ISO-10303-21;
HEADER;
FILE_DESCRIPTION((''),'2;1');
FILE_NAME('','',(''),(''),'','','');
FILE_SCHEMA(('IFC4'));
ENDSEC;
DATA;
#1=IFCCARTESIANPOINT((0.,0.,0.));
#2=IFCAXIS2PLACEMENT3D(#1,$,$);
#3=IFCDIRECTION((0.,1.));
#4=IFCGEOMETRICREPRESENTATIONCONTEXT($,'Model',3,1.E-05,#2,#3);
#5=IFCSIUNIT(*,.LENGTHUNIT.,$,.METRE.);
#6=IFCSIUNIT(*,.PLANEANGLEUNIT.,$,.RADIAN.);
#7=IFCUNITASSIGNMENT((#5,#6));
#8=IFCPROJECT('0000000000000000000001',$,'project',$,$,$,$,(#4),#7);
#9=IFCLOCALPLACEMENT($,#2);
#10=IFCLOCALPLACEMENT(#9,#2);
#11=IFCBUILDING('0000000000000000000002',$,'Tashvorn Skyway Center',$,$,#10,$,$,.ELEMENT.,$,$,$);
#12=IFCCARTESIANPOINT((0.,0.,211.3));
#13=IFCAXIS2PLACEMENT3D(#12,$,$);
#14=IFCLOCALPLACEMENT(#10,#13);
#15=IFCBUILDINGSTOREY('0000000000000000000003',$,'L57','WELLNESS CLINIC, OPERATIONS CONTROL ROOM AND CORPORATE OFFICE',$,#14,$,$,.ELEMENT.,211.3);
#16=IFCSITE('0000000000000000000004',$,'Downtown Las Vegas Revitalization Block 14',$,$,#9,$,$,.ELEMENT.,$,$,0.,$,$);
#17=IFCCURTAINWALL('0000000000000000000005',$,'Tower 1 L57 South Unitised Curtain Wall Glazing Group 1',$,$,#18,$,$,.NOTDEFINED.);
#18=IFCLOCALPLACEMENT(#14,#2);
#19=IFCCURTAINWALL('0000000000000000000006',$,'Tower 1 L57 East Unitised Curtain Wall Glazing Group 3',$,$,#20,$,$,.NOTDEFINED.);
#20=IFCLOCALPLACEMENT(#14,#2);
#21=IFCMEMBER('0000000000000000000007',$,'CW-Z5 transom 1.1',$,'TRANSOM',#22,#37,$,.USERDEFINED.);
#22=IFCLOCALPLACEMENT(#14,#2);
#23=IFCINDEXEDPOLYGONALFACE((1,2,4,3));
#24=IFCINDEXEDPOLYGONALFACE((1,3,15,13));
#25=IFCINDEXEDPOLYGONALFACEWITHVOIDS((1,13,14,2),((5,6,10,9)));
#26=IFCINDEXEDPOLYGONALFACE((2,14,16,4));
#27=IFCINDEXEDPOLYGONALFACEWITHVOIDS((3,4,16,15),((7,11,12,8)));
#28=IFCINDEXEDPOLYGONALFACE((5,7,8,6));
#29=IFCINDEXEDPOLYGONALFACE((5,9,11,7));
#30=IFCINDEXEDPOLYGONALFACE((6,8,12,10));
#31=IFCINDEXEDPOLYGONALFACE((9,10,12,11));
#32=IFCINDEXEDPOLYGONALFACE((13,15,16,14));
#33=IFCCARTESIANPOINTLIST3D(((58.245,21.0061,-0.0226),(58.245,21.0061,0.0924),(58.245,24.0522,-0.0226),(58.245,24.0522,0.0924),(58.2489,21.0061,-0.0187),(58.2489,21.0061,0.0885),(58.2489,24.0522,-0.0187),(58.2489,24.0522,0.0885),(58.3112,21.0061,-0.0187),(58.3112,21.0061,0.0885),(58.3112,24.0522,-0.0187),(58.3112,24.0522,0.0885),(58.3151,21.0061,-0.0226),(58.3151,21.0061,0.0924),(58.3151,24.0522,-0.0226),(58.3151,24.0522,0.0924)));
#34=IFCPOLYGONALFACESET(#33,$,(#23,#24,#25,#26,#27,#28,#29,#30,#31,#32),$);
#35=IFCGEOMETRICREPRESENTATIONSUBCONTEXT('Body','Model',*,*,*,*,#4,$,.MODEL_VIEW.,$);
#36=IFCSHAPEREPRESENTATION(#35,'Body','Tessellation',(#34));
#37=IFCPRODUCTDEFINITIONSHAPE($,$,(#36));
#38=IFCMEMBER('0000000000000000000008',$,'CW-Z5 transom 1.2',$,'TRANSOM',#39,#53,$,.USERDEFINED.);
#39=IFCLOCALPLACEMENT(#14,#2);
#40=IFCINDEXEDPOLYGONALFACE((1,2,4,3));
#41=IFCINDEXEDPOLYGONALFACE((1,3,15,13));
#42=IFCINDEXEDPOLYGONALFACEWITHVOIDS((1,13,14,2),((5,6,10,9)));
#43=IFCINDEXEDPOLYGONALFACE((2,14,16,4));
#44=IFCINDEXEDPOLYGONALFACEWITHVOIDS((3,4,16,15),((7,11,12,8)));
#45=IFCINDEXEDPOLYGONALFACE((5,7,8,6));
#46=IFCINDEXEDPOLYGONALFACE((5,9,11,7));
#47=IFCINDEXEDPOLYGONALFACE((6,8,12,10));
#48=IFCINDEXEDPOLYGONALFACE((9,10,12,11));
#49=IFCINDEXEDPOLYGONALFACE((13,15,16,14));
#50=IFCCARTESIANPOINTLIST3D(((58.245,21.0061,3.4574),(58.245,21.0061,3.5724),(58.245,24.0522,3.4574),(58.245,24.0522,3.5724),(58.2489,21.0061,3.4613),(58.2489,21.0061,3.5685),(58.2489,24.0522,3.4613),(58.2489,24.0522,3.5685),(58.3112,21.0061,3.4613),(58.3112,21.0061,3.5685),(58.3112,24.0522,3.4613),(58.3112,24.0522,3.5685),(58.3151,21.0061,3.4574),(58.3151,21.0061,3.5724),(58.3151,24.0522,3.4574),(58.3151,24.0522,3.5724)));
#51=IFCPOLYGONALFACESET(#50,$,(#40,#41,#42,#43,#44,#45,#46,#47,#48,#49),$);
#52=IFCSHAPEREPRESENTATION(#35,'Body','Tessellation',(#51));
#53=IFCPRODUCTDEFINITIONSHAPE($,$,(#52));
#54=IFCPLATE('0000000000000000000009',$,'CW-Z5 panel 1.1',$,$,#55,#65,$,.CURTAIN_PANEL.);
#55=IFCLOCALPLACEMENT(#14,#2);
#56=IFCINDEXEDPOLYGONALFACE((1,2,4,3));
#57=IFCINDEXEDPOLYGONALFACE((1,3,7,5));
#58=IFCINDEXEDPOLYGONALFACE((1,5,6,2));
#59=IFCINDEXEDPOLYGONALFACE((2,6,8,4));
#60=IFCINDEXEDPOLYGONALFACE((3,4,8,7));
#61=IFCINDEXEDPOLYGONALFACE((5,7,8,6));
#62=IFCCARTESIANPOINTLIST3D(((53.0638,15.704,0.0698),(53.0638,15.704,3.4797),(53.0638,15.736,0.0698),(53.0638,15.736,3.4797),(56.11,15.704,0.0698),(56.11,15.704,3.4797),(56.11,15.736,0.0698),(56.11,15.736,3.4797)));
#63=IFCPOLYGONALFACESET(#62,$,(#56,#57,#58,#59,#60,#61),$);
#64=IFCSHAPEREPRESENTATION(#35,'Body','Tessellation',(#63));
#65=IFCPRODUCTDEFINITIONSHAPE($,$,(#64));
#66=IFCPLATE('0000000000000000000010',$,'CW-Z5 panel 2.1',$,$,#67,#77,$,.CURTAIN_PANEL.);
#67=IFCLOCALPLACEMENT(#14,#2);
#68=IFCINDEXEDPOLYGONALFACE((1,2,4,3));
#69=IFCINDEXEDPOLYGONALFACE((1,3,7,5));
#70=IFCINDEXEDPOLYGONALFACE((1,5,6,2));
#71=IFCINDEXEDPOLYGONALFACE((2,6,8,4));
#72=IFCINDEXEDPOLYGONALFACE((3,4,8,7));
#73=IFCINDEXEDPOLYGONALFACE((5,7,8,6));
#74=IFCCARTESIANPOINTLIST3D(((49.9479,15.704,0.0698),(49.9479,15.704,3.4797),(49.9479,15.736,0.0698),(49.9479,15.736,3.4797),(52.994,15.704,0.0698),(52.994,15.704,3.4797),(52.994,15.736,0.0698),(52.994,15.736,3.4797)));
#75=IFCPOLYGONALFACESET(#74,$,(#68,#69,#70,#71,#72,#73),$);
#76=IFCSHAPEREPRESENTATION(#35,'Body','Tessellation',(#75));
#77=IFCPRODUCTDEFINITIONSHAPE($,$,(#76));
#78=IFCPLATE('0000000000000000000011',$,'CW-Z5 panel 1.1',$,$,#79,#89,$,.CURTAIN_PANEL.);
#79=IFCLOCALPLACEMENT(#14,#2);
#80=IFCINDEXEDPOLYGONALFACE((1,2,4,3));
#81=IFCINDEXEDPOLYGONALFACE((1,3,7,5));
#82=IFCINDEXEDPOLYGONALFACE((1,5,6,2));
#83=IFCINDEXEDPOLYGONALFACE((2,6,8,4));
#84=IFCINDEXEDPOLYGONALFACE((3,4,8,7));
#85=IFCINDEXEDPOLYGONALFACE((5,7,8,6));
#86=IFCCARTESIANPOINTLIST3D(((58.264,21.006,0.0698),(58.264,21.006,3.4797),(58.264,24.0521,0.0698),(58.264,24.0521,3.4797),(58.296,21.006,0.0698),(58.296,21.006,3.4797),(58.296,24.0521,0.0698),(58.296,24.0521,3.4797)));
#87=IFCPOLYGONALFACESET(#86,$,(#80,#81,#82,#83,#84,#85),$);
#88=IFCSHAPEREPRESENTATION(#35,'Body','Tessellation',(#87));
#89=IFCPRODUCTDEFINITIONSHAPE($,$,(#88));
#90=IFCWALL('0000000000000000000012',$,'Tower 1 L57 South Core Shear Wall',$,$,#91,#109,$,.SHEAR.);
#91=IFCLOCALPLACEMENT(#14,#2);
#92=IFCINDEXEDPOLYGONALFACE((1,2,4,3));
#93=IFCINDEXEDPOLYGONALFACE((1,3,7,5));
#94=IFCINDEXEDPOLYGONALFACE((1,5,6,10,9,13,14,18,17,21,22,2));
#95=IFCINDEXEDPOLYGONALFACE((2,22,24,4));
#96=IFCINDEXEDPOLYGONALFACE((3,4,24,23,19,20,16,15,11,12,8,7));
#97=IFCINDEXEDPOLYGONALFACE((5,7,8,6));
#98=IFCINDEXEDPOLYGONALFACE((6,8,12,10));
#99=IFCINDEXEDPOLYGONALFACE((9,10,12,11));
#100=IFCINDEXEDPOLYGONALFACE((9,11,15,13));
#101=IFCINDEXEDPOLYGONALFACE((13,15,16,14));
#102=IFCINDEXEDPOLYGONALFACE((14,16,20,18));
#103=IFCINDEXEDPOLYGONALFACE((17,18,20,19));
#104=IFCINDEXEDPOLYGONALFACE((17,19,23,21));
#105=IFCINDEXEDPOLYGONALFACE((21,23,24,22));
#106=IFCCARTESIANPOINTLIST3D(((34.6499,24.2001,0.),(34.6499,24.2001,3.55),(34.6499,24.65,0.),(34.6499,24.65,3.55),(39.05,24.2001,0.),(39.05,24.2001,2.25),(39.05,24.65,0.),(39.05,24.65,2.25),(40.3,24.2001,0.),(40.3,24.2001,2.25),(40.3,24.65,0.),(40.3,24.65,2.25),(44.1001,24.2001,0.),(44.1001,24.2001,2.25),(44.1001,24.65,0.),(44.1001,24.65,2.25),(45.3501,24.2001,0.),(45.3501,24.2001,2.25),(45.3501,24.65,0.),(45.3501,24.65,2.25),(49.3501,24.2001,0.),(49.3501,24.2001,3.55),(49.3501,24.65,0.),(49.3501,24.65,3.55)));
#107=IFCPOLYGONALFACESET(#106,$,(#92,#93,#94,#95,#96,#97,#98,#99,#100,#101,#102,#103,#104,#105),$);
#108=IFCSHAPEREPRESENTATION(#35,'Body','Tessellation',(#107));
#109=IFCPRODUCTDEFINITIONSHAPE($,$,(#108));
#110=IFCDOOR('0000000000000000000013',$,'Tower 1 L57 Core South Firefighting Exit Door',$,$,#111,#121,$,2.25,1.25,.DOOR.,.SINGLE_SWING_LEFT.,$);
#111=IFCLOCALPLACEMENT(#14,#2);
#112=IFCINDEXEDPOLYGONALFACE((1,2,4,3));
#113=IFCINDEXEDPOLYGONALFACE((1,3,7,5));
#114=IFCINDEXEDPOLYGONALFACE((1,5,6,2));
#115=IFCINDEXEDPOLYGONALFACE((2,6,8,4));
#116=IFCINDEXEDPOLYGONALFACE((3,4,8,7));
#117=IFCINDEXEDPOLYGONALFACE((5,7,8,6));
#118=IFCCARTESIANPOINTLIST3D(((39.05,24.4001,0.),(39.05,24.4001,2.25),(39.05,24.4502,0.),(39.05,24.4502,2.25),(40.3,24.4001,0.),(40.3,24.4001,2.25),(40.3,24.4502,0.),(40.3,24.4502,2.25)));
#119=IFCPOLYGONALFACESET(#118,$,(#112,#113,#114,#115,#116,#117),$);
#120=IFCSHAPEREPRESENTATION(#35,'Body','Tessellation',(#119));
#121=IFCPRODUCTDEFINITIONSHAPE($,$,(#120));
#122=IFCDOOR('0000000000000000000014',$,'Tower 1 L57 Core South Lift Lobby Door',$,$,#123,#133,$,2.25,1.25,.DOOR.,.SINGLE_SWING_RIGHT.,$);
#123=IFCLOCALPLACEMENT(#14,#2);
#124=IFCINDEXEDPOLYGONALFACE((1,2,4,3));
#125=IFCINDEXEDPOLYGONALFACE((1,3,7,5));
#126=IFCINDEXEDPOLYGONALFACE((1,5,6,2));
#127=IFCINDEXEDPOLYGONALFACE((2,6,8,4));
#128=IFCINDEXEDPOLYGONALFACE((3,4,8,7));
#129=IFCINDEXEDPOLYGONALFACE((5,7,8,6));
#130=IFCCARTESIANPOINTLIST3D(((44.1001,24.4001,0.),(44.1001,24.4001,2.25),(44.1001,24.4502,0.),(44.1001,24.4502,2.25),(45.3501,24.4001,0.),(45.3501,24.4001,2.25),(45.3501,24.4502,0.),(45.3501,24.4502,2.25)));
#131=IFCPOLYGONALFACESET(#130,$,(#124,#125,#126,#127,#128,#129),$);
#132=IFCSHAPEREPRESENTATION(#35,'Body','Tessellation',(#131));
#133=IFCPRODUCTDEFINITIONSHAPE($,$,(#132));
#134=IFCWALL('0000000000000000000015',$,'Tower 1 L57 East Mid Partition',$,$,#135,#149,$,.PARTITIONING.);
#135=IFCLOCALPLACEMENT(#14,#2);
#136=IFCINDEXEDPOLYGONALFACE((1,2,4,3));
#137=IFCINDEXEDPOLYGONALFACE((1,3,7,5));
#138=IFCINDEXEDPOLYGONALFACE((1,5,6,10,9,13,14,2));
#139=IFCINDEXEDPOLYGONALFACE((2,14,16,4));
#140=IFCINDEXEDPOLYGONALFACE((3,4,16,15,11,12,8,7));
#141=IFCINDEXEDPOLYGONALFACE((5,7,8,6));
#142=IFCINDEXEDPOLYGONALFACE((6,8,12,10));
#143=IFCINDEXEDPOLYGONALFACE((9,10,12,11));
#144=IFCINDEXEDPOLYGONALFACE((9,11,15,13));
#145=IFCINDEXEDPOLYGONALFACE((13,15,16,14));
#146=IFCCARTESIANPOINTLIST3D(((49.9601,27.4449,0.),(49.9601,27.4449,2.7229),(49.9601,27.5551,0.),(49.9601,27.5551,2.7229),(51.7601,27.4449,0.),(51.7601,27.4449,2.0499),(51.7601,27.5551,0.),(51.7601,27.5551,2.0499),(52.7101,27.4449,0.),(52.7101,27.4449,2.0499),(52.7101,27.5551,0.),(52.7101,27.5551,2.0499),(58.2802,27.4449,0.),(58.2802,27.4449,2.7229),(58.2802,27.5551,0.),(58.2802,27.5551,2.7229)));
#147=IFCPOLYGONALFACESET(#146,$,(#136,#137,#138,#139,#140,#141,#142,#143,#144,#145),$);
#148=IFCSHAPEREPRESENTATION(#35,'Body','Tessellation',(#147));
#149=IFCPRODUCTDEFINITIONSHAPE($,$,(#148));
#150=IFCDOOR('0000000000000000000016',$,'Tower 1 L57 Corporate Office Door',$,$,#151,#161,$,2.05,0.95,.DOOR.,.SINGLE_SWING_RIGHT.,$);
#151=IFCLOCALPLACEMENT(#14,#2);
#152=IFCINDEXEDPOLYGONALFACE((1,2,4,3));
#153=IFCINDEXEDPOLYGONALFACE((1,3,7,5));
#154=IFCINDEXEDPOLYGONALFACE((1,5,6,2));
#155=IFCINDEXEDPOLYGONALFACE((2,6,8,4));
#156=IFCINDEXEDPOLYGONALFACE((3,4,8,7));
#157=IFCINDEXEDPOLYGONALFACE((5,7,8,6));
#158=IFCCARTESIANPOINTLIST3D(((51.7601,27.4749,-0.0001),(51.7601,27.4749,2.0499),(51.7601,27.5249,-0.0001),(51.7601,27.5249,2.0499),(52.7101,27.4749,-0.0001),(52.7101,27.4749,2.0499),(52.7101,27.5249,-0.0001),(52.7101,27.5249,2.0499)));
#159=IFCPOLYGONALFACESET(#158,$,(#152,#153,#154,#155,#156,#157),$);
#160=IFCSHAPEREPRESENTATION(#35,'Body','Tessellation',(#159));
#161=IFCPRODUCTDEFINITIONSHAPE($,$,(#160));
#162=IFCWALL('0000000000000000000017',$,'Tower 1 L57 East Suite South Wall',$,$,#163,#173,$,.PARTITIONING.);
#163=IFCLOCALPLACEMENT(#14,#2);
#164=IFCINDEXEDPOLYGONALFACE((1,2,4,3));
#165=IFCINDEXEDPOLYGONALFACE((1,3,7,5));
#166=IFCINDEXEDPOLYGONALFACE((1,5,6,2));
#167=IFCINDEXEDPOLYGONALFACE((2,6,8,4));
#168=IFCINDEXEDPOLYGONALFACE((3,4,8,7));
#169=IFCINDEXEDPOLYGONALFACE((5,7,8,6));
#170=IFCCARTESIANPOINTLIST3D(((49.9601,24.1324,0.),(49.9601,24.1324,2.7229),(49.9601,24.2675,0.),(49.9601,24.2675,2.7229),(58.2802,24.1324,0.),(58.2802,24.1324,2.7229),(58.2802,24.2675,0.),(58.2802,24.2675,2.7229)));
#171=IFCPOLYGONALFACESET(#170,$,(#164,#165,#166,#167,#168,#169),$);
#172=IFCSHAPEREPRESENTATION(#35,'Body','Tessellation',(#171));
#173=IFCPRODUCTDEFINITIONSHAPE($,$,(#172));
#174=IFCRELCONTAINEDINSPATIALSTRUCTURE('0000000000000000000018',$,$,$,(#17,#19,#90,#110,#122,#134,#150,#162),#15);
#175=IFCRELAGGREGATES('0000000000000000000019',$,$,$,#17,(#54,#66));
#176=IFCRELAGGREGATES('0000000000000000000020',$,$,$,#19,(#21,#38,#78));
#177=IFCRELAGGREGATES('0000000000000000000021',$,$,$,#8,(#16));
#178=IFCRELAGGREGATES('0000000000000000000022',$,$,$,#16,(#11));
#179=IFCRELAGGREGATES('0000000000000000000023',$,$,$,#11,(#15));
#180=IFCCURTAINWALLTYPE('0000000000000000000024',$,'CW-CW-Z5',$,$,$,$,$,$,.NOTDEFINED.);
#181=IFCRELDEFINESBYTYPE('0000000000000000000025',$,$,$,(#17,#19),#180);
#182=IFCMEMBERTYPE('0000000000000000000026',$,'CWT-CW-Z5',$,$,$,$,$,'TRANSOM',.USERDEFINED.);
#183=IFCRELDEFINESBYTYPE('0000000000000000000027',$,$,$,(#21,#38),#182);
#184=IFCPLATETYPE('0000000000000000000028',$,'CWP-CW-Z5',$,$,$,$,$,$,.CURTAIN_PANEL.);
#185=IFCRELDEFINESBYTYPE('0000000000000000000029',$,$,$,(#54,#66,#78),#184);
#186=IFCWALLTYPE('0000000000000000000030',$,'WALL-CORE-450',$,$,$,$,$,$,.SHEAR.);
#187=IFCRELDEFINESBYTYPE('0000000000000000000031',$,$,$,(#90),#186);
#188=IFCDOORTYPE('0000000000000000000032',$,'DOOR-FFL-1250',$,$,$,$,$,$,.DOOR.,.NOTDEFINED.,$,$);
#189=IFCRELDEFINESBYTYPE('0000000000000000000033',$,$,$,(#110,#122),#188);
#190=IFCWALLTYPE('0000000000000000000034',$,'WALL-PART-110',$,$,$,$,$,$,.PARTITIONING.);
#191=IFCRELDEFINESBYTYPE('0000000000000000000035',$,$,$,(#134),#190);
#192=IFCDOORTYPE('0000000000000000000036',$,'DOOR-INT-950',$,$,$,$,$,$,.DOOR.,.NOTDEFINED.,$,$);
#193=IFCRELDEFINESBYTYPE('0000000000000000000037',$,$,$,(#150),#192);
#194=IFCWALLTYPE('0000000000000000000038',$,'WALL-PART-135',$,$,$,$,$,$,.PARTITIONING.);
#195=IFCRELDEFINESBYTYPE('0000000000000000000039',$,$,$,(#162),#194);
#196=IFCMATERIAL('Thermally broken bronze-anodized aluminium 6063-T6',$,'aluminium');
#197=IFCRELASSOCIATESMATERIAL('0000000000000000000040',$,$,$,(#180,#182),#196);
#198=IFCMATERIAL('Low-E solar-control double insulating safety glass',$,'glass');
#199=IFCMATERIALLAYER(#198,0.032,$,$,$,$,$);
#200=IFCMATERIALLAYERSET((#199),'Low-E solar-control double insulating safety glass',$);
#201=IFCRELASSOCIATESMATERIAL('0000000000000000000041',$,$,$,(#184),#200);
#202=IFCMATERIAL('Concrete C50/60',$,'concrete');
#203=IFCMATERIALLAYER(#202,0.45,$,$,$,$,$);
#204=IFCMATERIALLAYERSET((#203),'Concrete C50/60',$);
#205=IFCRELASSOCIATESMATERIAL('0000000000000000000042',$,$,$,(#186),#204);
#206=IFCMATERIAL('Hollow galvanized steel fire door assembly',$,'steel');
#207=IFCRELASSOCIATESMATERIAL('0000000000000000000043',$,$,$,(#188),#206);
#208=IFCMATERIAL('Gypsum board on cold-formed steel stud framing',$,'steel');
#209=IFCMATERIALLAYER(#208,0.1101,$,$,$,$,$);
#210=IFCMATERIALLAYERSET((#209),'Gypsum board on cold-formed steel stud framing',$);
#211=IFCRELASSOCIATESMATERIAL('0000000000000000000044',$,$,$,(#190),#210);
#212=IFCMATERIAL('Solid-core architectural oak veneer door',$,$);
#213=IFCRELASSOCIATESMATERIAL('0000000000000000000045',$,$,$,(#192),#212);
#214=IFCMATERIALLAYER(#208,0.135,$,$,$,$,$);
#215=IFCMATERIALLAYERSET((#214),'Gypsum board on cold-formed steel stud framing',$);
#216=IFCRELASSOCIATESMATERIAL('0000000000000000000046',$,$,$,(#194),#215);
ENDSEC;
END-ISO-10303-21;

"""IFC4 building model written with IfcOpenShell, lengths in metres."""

from ifc_helpers import new_model, si_unit, direction, frame, frame_2d, origin, origin_2d, place, context, subcontext, project, spatial, rectangle, hollow_rectangle, extrude, material, layer, layer_set, material_profile, profile_set, type_object, element, fill, aggregate, save


model = new_model("IFC4")

# Units and contexts
model_context = context("Model", 3, precision=1e-05, world=origin(), true_north=direction((0.0, 1.0)))
body_context = subcontext(model_context, "Body", "Model", "MODEL_VIEW")
ifc_project = project(units=[si_unit("LENGTHUNIT", "METRE"), si_unit("PLANEANGLEUNIT", "RADIAN")], contexts=[model_context])

# Site, building, storey
site_placement = place(None, origin())
site = spatial("IfcSite", under=ifc_project, at=site_placement, Name="Downtown Las Vegas Revitalization Block 14", CompositionType="ELEMENT", RefElevation=0.0)
building_placement = place(site_placement, origin())
building = spatial("IfcBuilding", under=site, at=building_placement, Name="Tashvorn Skyway Center", CompositionType="ELEMENT")
storey_placement = place(building_placement, frame((0.0, 0.0, 211.3)))
storey = spatial("IfcBuildingStorey", under=building, at=storey_placement, Name="L57", Description="WELLNESS CLINIC, OPERATIONS CONTROL ROOM AND CORPORATE OFFICE", CompositionType="ELEMENT", Elevation=211.3)

# Curtain wall
ifc_material_1 = material(Name="Thermally broken bronze-anodized aluminium 6063-T6", Category="aluminium")
curtain_wall_type = type_object("IfcCurtainWallType", Name="CW-CW-Z5", PredefinedType="NOTDEFINED", material=ifc_material_1)
curtain_wall_1_placement = place(storey_placement, origin())
curtain_wall_1 = element("IfcCurtainWall", 1, at=curtain_wall_1_placement, inside=storey, type_object=curtain_wall_type, Name="Tower 1 L57 South Unitised Curtain Wall Glazing Group 1", PredefinedType="NOTDEFINED")

# Curtain wall
curtain_wall_2_placement = place(storey_placement, origin())
curtain_wall_2 = element("IfcCurtainWall", 2, at=curtain_wall_2_placement, inside=storey, type_object=curtain_wall_type, Name="Tower 1 L57 East Unitised Curtain Wall Glazing Group 3", PredefinedType="NOTDEFINED")

# Members
ifc_material_profile_1 = material_profile(ifc_material_1, hollow_rectangle(XDim=0.0701, YDim=0.115, WallThickness=0.0039, at=origin_2d()), Name="ALU-TRAN-70x115")
ifc_profile_set_1 = profile_set([ifc_material_profile_1], Name="Thermally broken bronze-anodized aluminium 6063-T6")
member_type_1 = type_object("IfcMemberType", Name="CWT-CW-Z5", ElementType="TRANSOM", PredefinedType="USERDEFINED", material=ifc_profile_set_1)
member_1_placement = place(storey_placement, frame((58.28, 24.0522, 0.0349), z_axis=(0.0, -1.0, 0.0), x_axis=(1.0, 0.0, 0.0)))
member_1 = element("IfcMember", 3, at=member_1_placement, type_object=member_type_1, Name="CW-Z5 transom 1.1", ObjectType="TRANSOM", PredefinedType="USERDEFINED", context=body_context, shape_type="SweptSolid", body=[
    extrude(hollow_rectangle(XDim=0.0701, YDim=0.115, WallThickness=0.0039, at=origin_2d()), origin(), (0.0, 0.0, 1.0), 3.0461),
])
member_2_placement = place(storey_placement, frame((58.28, 24.0522, 3.5149), z_axis=(0.0, -1.0, 0.0), x_axis=(1.0, 0.0, 0.0)))
member_2 = element("IfcMember", 4, at=member_2_placement, type_object=member_type_1, Name="CW-Z5 transom 1.2", ObjectType="TRANSOM", PredefinedType="USERDEFINED", context=body_context, shape_type="SweptSolid", body=[
    extrude(hollow_rectangle(XDim=0.0701, YDim=0.115, WallThickness=0.0039, at=origin_2d()), origin(), (0.0, 0.0, 1.0), 3.0461),
])

# Plates
ifc_material_2 = material(Name="Low-E solar-control double insulating safety glass", Category="glass")
ifc_layer_1 = layer(ifc_material_2, 0.032)
ifc_layer_set_1 = layer_set([ifc_layer_1], Name="Low-E solar-control double insulating safety glass")
plate_type = type_object("IfcPlateType", Name="CWP-CW-Z5", PredefinedType="CURTAIN_PANEL", material=ifc_layer_set_1)
plate_1_placement = place(storey_placement, frame((54.5869, 15.72, 0.0698), z_axis=(0.0, 0.0, 1.0), x_axis=(-1.0, 0.0, 0.0)))
plate_1 = element("IfcPlate", 5, at=plate_1_placement, type_object=plate_type, Name="CW-Z5 panel 1.1", PredefinedType="CURTAIN_PANEL", context=body_context, shape_type="SweptSolid", body=[
    extrude(rectangle(XDim=3.0461, YDim=0.032, at=origin_2d()), origin(), (0.0, 0.0, 1.0), 3.4099),
])
plate_2_placement = place(storey_placement, frame((51.4709, 15.72, 0.0698), z_axis=(0.0, 0.0, 1.0), x_axis=(-1.0, 0.0, 0.0)))
plate_2 = element("IfcPlate", 6, at=plate_2_placement, type_object=plate_type, Name="CW-Z5 panel 2.1", PredefinedType="CURTAIN_PANEL", context=body_context, shape_type="SweptSolid", body=[
    extrude(rectangle(XDim=3.0461, YDim=0.032, at=origin_2d()), origin(), (0.0, 0.0, 1.0), 3.4099),
])
aggregate(curtain_wall_1, [plate_1, plate_2])
plate_3_placement = place(storey_placement, frame((58.28, 22.5291, 0.0698), z_axis=(0.0, 0.0, 1.0), x_axis=(0.0, -1.0, 0.0)))
plate_3 = element("IfcPlate", 7, at=plate_3_placement, type_object=plate_type, Name="CW-Z5 panel 1.1", PredefinedType="CURTAIN_PANEL", context=body_context, shape_type="SweptSolid", body=[
    extrude(rectangle(XDim=3.0461, YDim=0.032, at=origin_2d()), origin(), (0.0, 0.0, 1.0), 3.4099),
])
aggregate(curtain_wall_2, [member_1, member_2, plate_3])

# Wall, openings, doors
ifc_material_3 = material(Name="Concrete C50/60", Category="concrete")
ifc_layer_2 = layer(ifc_material_3, 0.45)
ifc_layer_set_2 = layer_set([ifc_layer_2], Name="Concrete C50/60")
wall_type_1 = type_object("IfcWallType", Name="WALL-CORE-450", PredefinedType="SHEAR", material=ifc_layer_set_2)
wall_1_placement = place(storey_placement, frame((49.3501, 24.425, 0.0), z_axis=(0.0, 0.0, 1.0), x_axis=(-1.0, 0.0, 0.0)))
wall_1 = element("IfcWall", 8, at=wall_1_placement, inside=storey, type_object=wall_type_1, Name="Tower 1 L57 South Core Shear Wall", PredefinedType="SHEAR", context=body_context, shape_type="SweptSolid", body=[
    extrude(rectangle(XDim=14.7002, YDim=0.45, at=frame_2d((7.3501, 0.0))), origin(), (0.0, 0.0, 1.0), 3.55),
])
opening_1_placement = place(wall_1_placement, frame((9.05, 0.0, 0.0)))
opening_1 = element("IfcOpeningElement", 9, at=opening_1_placement, cuts=wall_1, PredefinedType="OPENING", context=body_context, shape_type="SweptSolid", body=[
    extrude(rectangle(XDim=1.25, YDim=2.25, at=frame_2d((0.625, 1.125))), frame((0.0, 0.2349, 0.0), z_axis=(0.0, -1.0, 0.0), x_axis=(1.0, 0.0, 0.0)), (0.0, 0.0, 1.0), 0.47),
])
opening_2_placement = place(wall_1_placement, frame((4.0, 0.0, 0.0)))
opening_2 = element("IfcOpeningElement", 10, at=opening_2_placement, cuts=wall_1, PredefinedType="OPENING", context=body_context, shape_type="SweptSolid", body=[
    extrude(rectangle(XDim=1.25, YDim=2.25, at=frame_2d((0.625, 1.125))), frame((0.0, 0.2349, 0.0), z_axis=(0.0, -1.0, 0.0), x_axis=(1.0, 0.0, 0.0)), (0.0, 0.0, 1.0), 0.47),
])
ifc_material_4 = material(Name="Hollow galvanized steel fire door assembly", Category="steel")
door_type_1 = type_object("IfcDoorType", Name="DOOR-FFL-1250", OperationType="NOTDEFINED", PredefinedType="DOOR", material=ifc_material_4)
door_1_placement = place(opening_1_placement, origin())
door_1 = element("IfcDoor", 11, at=door_1_placement, inside=storey, type_object=door_type_1, Name="Tower 1 L57 Core South Firefighting Exit Door", OperationType="SINGLE_SWING_LEFT", OverallHeight=2.25, OverallWidth=1.25, PredefinedType="DOOR", context=body_context, shape_type="SweptSolid", body=[
    extrude(rectangle(XDim=1.25, YDim=2.25, at=frame_2d((0.625, 1.125))), frame((0.0, 0.0249, 0.0), z_axis=(0.0, -1.0, 0.0), x_axis=(1.0, 0.0, 0.0)), (0.0, 0.0, 1.0), 0.05),
])
fill(opening_1, door_1)
door_2_placement = place(opening_2_placement, origin())
door_2 = element("IfcDoor", 12, at=door_2_placement, inside=storey, type_object=door_type_1, Name="Tower 1 L57 Core South Lift Lobby Door", OperationType="SINGLE_SWING_RIGHT", OverallHeight=2.25, OverallWidth=1.25, PredefinedType="DOOR", context=body_context, shape_type="SweptSolid", body=[
    extrude(rectangle(XDim=1.25, YDim=2.25, at=frame_2d((0.625, 1.125))), frame((0.0, 0.0249, 0.0), z_axis=(0.0, -1.0, 0.0), x_axis=(1.0, 0.0, 0.0)), (0.0, 0.0, 1.0), 0.05),
])
fill(opening_2, door_2)

# Wall, opening, door
ifc_material_5 = material(Name="Gypsum board on cold-formed steel stud framing", Category="steel")
ifc_layer_3 = layer(ifc_material_5, 0.1101)
ifc_layer_set_3 = layer_set([ifc_layer_3], Name="Gypsum board on cold-formed steel stud framing")
wall_type_2 = type_object("IfcWallType", Name="WALL-PART-110", PredefinedType="PARTITIONING", material=ifc_layer_set_3)
wall_2_placement = place(storey_placement, frame((49.96, 27.5, 0.0), z_axis=(0.0, 0.0, 1.0), x_axis=(1.0, 0.0, 0.0)))
wall_2 = element("IfcWall", 13, at=wall_2_placement, inside=storey, type_object=wall_type_2, Name="Tower 1 L57 East Mid Partition", PredefinedType="PARTITIONING", context=body_context, shape_type="SweptSolid", body=[
    extrude(rectangle(XDim=8.3201, YDim=0.1101, at=frame_2d((4.1602, 0.0))), origin(), (0.0, 0.0, 1.0), 2.7229),
])
opening_3_placement = place(wall_2_placement, frame((1.8, 0.0, 0.0)))
opening_3 = element("IfcOpeningElement", 14, at=opening_3_placement, cuts=wall_2, PredefinedType="OPENING", context=body_context, shape_type="SweptSolid", body=[
    extrude(rectangle(XDim=0.95, YDim=2.05, at=frame_2d((0.4751, 1.0249))), frame((0.0, 0.0649, 0.0), z_axis=(0.0, -1.0, 0.0), x_axis=(1.0, 0.0, 0.0)), (0.0, 0.0, 1.0), 0.1301),
])
ifc_material_6 = material(Name="Solid-core architectural oak veneer door")
door_type_2 = type_object("IfcDoorType", Name="DOOR-INT-950", OperationType="NOTDEFINED", PredefinedType="DOOR", material=ifc_material_6)
door_3_placement = place(opening_3_placement, origin())
door_3 = element("IfcDoor", 15, at=door_3_placement, inside=storey, type_object=door_type_2, Name="Tower 1 L57 Corporate Office Door", OperationType="SINGLE_SWING_RIGHT", OverallHeight=2.05, OverallWidth=0.95, PredefinedType="DOOR", context=body_context, shape_type="SweptSolid", body=[
    extrude(rectangle(XDim=0.95, YDim=2.05, at=frame_2d((0.4751, 1.0249))), frame((0.0, 0.0249, 0.0), z_axis=(0.0, -1.0, 0.0), x_axis=(1.0, 0.0, 0.0)), (0.0, 0.0, 1.0), 0.05),
])
fill(opening_3, door_3)

# Wall
ifc_layer_4 = layer(ifc_material_5, 0.135)
ifc_layer_set_4 = layer_set([ifc_layer_4], Name="Gypsum board on cold-formed steel stud framing")
wall_type_3 = type_object("IfcWallType", Name="WALL-PART-135", PredefinedType="PARTITIONING", material=ifc_layer_set_4)
wall_3_placement = place(storey_placement, frame((49.96, 24.2, 0.0), z_axis=(0.0, 0.0, 1.0), x_axis=(1.0, 0.0, 0.0)))
element("IfcWall", 16, at=wall_3_placement, inside=storey, type_object=wall_type_3, Name="Tower 1 L57 East Suite South Wall", PredefinedType="PARTITIONING", context=body_context, shape_type="SweptSolid", body=[
    extrude(rectangle(XDim=8.3201, YDim=0.135, at=frame_2d((4.1602, 0.0))), origin(), (0.0, 0.0, 1.0), 2.7229),
])

save(model, "model.ifc")
